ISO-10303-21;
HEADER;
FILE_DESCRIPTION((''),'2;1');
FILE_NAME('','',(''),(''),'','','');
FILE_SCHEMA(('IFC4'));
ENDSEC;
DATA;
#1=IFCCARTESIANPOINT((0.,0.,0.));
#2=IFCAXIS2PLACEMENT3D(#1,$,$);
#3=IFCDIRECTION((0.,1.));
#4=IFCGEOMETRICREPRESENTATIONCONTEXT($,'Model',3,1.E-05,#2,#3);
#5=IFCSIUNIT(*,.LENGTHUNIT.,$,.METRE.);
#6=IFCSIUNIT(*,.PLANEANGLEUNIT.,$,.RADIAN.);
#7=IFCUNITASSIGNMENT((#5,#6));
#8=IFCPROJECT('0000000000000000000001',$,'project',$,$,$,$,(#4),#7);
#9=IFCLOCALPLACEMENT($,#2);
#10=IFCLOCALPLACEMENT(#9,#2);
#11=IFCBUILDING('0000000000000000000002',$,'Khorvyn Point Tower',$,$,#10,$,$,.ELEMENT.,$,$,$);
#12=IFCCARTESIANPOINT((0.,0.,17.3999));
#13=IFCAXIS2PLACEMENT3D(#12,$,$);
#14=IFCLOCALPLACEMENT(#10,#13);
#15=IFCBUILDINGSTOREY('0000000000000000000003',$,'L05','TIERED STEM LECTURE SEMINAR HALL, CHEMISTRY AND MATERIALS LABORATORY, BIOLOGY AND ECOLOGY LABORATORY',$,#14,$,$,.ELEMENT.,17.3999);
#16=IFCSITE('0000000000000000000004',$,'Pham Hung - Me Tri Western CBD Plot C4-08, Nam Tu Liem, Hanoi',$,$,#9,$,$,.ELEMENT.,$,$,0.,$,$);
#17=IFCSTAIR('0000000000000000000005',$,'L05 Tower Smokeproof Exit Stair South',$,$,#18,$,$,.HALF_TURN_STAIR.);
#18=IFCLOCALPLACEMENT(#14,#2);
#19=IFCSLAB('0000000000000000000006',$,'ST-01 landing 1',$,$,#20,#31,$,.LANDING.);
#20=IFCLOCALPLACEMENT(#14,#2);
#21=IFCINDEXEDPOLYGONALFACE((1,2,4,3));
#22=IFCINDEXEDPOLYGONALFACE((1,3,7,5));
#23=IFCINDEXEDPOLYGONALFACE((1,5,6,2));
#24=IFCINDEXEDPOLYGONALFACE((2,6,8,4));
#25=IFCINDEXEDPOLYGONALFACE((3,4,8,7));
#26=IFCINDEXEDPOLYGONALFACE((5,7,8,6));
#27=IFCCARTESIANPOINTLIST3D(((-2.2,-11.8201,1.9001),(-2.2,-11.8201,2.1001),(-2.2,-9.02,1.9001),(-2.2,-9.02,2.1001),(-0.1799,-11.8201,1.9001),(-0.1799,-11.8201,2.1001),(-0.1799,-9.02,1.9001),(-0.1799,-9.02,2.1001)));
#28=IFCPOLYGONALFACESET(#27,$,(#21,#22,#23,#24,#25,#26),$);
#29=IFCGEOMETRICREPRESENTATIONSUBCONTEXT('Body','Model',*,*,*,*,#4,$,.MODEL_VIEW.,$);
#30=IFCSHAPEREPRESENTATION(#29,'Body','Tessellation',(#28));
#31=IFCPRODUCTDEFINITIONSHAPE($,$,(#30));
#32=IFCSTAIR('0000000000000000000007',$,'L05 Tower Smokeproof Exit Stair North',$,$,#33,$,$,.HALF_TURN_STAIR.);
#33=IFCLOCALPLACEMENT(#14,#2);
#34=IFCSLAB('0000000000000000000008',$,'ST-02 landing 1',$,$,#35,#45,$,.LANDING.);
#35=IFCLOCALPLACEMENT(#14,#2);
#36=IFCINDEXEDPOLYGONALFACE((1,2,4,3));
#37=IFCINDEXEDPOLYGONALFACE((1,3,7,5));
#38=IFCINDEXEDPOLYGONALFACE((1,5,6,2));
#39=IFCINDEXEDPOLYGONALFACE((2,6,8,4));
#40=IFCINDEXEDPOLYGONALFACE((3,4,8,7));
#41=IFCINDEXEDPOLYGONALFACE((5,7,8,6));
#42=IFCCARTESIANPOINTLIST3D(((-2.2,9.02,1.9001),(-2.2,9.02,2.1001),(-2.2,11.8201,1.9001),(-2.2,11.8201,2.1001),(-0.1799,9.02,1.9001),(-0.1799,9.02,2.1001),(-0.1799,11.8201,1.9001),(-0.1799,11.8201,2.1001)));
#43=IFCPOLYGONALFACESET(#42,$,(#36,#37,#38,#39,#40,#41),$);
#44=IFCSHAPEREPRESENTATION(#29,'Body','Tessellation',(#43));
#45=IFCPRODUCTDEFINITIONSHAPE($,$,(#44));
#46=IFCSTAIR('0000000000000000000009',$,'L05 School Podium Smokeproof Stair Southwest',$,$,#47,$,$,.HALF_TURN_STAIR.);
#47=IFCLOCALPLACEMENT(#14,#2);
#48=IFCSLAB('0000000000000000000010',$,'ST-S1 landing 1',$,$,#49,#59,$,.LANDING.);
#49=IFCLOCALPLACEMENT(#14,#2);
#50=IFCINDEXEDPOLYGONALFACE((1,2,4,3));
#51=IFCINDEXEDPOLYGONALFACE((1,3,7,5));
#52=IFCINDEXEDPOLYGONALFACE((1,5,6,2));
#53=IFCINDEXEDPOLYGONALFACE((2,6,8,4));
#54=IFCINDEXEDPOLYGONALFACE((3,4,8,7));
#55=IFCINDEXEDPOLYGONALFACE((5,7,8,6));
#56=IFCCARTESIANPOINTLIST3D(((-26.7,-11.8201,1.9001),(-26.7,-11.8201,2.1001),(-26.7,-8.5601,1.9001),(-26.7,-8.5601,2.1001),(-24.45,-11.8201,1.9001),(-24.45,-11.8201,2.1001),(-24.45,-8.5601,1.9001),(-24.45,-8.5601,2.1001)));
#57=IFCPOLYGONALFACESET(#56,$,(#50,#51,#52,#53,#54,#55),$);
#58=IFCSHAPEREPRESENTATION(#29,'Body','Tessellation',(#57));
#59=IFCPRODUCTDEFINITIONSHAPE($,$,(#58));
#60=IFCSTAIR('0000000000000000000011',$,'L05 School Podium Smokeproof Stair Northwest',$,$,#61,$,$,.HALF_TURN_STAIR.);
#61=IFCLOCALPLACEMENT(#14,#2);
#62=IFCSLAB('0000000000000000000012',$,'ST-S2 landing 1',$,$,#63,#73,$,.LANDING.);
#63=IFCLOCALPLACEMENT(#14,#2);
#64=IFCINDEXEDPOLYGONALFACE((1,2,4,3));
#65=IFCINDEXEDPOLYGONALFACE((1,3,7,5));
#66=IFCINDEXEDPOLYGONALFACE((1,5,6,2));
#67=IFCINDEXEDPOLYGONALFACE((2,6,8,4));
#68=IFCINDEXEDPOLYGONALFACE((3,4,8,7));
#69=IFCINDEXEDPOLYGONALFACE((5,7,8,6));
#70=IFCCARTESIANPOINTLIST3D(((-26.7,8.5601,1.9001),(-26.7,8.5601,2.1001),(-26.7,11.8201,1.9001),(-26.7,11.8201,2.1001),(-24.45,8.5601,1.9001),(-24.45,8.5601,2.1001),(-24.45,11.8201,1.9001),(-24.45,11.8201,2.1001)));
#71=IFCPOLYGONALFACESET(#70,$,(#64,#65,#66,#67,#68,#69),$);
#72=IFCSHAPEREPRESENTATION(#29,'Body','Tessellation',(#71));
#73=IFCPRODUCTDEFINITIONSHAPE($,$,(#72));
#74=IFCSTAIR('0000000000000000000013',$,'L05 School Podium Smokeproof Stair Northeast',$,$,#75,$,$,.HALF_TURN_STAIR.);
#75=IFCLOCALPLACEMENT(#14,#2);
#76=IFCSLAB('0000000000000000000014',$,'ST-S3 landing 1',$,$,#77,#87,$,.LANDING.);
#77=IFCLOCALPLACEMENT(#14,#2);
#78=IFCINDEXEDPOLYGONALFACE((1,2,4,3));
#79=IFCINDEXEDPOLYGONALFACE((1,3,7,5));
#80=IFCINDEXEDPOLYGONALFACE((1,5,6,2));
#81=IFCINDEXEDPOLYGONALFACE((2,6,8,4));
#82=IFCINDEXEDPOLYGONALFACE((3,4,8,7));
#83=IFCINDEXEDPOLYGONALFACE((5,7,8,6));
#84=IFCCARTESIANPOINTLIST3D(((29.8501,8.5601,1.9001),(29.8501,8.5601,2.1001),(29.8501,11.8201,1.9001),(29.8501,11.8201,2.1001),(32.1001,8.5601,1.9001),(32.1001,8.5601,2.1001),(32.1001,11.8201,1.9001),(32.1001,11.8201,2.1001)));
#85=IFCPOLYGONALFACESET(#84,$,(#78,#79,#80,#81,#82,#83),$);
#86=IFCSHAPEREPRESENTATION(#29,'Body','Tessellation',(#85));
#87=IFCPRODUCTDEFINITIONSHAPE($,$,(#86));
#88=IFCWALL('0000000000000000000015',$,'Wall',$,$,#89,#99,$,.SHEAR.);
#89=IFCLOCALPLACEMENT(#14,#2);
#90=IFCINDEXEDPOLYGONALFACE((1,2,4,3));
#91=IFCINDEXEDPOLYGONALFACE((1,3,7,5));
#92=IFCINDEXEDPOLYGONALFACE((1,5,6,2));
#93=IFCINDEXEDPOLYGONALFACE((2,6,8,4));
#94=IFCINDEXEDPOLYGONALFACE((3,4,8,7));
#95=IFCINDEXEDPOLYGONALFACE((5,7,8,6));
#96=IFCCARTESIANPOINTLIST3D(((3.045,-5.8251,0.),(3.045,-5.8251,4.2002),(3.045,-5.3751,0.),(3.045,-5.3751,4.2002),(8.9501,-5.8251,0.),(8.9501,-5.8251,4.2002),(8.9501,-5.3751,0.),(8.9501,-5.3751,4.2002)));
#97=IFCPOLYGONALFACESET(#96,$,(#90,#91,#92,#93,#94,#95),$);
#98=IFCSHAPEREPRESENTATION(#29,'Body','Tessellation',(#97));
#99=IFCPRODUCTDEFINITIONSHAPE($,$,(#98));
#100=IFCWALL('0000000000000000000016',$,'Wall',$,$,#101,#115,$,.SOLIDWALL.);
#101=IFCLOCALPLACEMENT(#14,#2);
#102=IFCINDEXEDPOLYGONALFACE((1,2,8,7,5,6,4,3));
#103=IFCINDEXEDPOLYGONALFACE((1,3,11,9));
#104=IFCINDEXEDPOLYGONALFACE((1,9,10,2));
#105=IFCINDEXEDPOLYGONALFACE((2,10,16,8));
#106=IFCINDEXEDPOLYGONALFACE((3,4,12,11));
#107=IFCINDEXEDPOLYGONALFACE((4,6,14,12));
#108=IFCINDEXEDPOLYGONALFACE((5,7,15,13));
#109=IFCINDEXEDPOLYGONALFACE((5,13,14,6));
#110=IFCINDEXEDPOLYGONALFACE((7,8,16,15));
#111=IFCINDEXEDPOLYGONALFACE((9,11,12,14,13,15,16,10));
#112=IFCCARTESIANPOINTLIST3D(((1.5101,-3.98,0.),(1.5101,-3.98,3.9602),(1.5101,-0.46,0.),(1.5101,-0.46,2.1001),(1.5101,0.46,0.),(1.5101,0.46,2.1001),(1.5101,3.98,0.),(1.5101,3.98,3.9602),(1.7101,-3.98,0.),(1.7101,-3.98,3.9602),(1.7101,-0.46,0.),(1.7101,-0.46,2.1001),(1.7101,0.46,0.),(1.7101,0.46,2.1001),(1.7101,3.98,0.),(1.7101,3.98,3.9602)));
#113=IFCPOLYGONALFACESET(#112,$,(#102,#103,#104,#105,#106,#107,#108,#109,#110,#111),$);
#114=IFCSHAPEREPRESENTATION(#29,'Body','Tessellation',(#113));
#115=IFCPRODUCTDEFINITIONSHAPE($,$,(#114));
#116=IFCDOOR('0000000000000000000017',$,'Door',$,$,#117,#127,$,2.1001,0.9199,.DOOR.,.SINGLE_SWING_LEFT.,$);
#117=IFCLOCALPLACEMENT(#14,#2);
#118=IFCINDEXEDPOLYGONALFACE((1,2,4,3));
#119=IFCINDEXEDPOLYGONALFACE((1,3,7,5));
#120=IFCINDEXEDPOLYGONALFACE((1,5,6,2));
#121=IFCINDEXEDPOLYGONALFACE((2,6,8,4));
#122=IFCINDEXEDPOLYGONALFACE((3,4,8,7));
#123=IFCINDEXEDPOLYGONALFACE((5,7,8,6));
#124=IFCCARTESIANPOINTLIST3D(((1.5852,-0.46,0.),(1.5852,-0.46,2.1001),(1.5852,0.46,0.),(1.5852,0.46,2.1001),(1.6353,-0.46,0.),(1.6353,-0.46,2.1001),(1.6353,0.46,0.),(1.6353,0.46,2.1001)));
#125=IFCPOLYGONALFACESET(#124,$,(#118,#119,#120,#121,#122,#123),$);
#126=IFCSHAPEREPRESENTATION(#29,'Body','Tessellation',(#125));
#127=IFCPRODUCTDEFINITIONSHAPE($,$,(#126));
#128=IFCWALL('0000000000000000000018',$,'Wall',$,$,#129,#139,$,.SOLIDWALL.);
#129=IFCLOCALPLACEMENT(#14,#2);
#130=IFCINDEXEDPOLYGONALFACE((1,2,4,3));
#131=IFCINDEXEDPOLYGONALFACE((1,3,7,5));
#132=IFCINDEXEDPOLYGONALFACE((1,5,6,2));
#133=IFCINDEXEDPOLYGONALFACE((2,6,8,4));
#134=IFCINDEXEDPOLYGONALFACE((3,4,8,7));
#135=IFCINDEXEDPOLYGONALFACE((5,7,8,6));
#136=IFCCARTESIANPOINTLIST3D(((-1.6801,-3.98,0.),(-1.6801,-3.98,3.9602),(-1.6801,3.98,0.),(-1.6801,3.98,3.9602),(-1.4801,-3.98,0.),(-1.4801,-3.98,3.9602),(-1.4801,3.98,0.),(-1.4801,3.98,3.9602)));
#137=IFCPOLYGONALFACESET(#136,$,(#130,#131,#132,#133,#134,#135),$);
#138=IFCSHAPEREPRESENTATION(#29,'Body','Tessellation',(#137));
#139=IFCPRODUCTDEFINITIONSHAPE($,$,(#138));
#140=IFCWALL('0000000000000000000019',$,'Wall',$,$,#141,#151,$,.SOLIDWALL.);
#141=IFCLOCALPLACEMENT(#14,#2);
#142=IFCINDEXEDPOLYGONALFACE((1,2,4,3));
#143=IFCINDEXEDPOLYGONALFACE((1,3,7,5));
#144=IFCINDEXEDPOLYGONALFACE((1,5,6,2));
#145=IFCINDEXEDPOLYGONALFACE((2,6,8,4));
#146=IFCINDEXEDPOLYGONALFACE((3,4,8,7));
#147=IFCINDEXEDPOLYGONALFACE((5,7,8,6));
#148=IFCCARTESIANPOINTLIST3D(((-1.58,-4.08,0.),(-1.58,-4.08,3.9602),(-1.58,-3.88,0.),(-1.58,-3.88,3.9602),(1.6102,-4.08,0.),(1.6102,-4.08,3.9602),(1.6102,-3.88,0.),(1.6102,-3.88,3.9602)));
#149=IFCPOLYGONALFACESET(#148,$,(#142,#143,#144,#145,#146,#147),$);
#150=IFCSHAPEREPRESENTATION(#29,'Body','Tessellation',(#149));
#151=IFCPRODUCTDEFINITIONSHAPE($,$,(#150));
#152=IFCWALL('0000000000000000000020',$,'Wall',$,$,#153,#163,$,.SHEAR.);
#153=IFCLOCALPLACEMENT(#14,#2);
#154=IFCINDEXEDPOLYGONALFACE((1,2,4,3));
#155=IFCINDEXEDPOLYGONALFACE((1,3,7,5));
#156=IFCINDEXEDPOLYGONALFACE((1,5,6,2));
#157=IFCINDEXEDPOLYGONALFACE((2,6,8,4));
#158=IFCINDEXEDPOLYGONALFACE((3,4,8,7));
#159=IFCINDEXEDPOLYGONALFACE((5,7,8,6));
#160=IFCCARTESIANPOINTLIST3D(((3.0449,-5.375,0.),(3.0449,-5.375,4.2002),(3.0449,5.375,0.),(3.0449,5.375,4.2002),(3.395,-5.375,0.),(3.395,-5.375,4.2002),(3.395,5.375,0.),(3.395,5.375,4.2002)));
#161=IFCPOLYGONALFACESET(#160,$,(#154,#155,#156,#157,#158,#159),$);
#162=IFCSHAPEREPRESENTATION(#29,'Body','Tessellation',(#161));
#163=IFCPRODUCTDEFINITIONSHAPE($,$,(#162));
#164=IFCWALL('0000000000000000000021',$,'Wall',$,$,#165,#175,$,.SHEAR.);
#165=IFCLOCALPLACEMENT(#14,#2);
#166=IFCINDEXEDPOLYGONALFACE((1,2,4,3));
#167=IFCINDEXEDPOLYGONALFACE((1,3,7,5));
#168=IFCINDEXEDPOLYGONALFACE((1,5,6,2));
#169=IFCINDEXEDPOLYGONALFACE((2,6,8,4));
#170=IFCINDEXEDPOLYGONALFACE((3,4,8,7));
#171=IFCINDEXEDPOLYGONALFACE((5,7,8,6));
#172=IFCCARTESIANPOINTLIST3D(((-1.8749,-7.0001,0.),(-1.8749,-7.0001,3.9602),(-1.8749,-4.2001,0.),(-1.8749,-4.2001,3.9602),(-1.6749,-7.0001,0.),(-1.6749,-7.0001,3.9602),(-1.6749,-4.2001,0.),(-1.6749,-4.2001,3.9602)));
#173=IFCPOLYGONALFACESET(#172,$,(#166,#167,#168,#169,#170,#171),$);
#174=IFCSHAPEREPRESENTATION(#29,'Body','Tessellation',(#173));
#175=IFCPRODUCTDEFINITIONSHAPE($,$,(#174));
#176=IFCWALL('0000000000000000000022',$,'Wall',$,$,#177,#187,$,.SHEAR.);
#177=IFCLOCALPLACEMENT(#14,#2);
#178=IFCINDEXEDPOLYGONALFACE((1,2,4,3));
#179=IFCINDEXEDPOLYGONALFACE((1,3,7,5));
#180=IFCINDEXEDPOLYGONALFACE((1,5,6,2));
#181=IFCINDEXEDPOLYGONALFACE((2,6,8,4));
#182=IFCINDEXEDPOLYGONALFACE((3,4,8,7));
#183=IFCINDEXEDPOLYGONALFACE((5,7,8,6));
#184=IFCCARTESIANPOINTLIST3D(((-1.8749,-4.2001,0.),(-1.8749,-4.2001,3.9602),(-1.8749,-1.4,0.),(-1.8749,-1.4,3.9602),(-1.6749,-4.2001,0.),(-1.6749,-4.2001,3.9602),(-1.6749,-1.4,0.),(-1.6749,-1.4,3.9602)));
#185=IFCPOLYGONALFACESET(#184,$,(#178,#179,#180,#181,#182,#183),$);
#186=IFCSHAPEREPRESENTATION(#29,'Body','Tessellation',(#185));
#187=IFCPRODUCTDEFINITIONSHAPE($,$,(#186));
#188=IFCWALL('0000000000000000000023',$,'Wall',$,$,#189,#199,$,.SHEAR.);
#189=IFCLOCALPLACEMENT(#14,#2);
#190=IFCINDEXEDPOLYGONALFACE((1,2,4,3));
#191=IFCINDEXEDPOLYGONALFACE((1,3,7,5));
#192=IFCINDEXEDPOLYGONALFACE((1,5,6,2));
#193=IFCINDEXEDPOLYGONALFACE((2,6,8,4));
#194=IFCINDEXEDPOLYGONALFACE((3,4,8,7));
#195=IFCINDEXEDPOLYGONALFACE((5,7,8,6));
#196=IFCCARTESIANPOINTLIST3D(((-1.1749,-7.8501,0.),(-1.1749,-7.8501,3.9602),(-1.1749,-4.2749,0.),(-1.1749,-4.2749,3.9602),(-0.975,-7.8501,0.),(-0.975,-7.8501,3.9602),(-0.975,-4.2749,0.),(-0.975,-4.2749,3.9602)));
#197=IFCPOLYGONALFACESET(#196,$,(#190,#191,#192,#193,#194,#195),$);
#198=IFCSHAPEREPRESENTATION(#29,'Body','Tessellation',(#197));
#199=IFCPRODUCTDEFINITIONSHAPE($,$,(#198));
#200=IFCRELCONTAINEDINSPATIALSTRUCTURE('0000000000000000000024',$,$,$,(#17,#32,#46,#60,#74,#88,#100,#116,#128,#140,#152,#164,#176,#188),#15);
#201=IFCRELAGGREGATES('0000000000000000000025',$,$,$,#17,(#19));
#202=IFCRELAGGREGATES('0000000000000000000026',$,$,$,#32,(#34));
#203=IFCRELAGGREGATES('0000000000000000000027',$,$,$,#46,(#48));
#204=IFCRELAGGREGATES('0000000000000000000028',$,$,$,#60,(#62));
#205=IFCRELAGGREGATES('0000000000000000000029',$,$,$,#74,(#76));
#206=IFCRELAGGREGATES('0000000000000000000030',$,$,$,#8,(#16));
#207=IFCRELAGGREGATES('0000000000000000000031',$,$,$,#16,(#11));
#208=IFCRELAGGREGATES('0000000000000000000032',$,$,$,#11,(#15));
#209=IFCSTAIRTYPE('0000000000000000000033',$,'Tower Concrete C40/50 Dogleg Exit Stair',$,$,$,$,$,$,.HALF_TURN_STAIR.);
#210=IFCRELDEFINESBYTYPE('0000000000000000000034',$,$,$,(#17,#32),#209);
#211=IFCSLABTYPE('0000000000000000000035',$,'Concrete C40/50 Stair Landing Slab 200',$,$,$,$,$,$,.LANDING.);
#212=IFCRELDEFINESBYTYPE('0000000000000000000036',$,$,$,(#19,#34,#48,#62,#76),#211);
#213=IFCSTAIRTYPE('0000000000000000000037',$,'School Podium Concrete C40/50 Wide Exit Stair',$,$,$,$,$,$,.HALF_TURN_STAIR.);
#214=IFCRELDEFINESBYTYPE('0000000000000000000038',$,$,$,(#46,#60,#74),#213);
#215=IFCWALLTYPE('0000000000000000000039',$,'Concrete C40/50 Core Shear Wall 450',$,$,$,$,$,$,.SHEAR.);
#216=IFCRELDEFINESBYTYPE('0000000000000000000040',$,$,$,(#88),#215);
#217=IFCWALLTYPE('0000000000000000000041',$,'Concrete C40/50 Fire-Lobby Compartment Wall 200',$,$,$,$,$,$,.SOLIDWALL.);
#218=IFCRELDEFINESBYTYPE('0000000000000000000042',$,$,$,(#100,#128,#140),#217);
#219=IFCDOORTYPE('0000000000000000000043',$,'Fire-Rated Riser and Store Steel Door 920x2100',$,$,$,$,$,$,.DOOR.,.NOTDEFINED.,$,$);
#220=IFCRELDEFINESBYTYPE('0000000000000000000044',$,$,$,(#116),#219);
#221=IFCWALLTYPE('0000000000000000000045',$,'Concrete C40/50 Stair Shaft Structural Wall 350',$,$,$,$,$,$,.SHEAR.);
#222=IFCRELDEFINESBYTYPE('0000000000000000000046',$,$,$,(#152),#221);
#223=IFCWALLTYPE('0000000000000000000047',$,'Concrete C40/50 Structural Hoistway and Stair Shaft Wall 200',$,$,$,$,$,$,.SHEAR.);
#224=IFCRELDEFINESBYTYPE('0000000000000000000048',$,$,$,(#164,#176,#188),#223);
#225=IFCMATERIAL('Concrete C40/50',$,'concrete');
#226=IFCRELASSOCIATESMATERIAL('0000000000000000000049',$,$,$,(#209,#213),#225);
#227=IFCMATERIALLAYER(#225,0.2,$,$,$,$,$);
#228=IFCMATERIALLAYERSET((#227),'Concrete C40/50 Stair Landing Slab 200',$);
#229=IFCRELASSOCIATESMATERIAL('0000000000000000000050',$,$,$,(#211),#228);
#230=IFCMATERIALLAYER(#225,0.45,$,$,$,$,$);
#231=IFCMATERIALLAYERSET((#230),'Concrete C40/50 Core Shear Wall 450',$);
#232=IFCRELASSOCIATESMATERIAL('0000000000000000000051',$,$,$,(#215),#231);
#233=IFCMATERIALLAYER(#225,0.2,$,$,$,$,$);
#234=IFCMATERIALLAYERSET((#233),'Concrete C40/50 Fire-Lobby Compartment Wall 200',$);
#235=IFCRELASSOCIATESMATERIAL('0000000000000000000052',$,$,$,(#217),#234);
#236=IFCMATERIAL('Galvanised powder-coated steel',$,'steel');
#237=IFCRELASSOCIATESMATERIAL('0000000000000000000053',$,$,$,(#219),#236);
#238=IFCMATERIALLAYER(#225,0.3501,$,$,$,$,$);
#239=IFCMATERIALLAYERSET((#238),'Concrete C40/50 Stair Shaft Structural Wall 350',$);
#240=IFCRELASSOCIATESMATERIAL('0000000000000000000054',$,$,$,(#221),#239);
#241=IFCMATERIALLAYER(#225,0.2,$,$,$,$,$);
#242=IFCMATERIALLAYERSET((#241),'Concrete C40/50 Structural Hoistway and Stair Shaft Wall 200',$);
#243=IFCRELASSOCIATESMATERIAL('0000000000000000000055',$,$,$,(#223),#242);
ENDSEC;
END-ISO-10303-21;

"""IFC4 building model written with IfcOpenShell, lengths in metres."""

from ifc_helpers import new_model, si_unit, direction, frame, frame_2d, origin, place, context, subcontext, project, spatial, polyline, rectangle, outline, extrude, material, layer, layer_set, type_object, element, fill, aggregate, save


model = new_model("IFC4")

# Units and contexts
model_context = context("Model", 3, precision=1e-05, world=origin(), true_north=direction((0.0, 1.0)))
body_context = subcontext(model_context, "Body", "Model", "MODEL_VIEW")
ifc_project = project(units=[si_unit("LENGTHUNIT", "METRE"), si_unit("PLANEANGLEUNIT", "RADIAN")], contexts=[model_context])

# Site, building, storey
site_placement = place(None, origin())
site = spatial("IfcSite", under=ifc_project, at=site_placement, Name="Pham Hung - Me Tri Western CBD Plot C4-08, Nam Tu Liem, Hanoi", CompositionType="ELEMENT", RefElevation=0.0)
building_placement = place(site_placement, origin())
building = spatial("IfcBuilding", under=site, at=building_placement, Name="Khorvyn Point Tower", CompositionType="ELEMENT")
storey_placement = place(building_placement, frame((0.0, 0.0, 17.3999)))
storey = spatial("IfcBuildingStorey", under=building, at=storey_placement, Name="L05", Description="TIERED STEM LECTURE SEMINAR HALL, CHEMISTRY AND MATERIALS LABORATORY, BIOLOGY AND ECOLOGY LABORATORY", CompositionType="ELEMENT", Elevation=17.3999)

# Shared definitions
ifc_material_1 = material(Name="Concrete C40/50", Category="concrete")

# Stairs, slabs
stair_type_1 = type_object("IfcStairType", Name="Tower Concrete C40/50 Dogleg Exit Stair", PredefinedType="HALF_TURN_STAIR", material=ifc_material_1)
stair_1_placement = place(storey_placement, origin())
stair_1 = element("IfcStair", 1, at=stair_1_placement, inside=storey, type_object=stair_type_1, Name="L05 Tower Smokeproof Exit Stair South", PredefinedType="HALF_TURN_STAIR")
ifc_layer_1 = layer(ifc_material_1, 0.2)
ifc_layer_set_1 = layer_set([ifc_layer_1], Name="Concrete C40/50 Stair Landing Slab 200")
slab_type_1 = type_object("IfcSlabType", Name="Concrete C40/50 Stair Landing Slab 200", PredefinedType="LANDING", material=ifc_layer_set_1)
slab_1_placement = place(storey_placement, frame((0.0, 0.0, 1.9001)))
slab_1 = element("IfcSlab", 2, at=slab_1_placement, type_object=slab_type_1, Name="ST-01 landing 1", PredefinedType="LANDING", context=body_context, shape_type="SweptSolid", body=[
    extrude(outline(polyline([(-0.1799, -9.02), (-2.2, -9.02), (-2.2, -11.8201), (-0.1799, -11.8201), (-0.1799, -9.02)])), origin(), (0.0, 0.0, 1.0), 0.2),
])
aggregate(stair_1, [slab_1])
stair_2_placement = place(storey_placement, origin())
stair_2 = element("IfcStair", 3, at=stair_2_placement, inside=storey, type_object=stair_type_1, Name="L05 Tower Smokeproof Exit Stair North", PredefinedType="HALF_TURN_STAIR")
slab_2_placement = place(storey_placement, frame((0.0, 0.0, 1.9001)))
slab_2 = element("IfcSlab", 4, at=slab_2_placement, type_object=slab_type_1, Name="ST-02 landing 1", PredefinedType="LANDING", context=body_context, shape_type="SweptSolid", body=[
    extrude(outline(polyline([(-0.1799, 11.8201), (-2.2, 11.8201), (-2.2, 9.02), (-0.1799, 9.02), (-0.1799, 11.8201)])), origin(), (0.0, 0.0, 1.0), 0.2),
])
aggregate(stair_2, [slab_2])
stair_type_2 = type_object("IfcStairType", Name="School Podium Concrete C40/50 Wide Exit Stair", PredefinedType="HALF_TURN_STAIR", material=ifc_material_1)
stair_3_placement = place(storey_placement, origin())
stair_3 = element("IfcStair", 5, at=stair_3_placement, inside=storey, type_object=stair_type_2, Name="L05 School Podium Smokeproof Stair Southwest", PredefinedType="HALF_TURN_STAIR")
slab_3_placement = place(storey_placement, frame((0.0, 0.0, 1.9001)))
slab_3 = element("IfcSlab", 6, at=slab_3_placement, type_object=slab_type_1, Name="ST-S1 landing 1", PredefinedType="LANDING", context=body_context, shape_type="SweptSolid", body=[
    extrude(outline(polyline([(-26.7, -11.8201), (-24.45, -11.8201), (-24.45, -8.5601), (-26.7, -8.5601), (-26.7, -11.8201)])), origin(), (0.0, 0.0, 1.0), 0.2),
])
aggregate(stair_3, [slab_3])
stair_4_placement = place(storey_placement, origin())
stair_4 = element("IfcStair", 7, at=stair_4_placement, inside=storey, type_object=stair_type_2, Name="L05 School Podium Smokeproof Stair Northwest", PredefinedType="HALF_TURN_STAIR")
slab_4_placement = place(storey_placement, frame((0.0, 0.0, 1.9001)))
slab_4 = element("IfcSlab", 8, at=slab_4_placement, type_object=slab_type_1, Name="ST-S2 landing 1", PredefinedType="LANDING", context=body_context, shape_type="SweptSolid", body=[
    extrude(outline(polyline([(-26.7, 8.5601), (-24.45, 8.5601), (-24.45, 11.8201), (-26.7, 11.8201), (-26.7, 8.5601)])), origin(), (0.0, 0.0, 1.0), 0.2),
])
aggregate(stair_4, [slab_4])
stair_5_placement = place(storey_placement, origin())
stair_5 = element("IfcStair", 9, at=stair_5_placement, inside=storey, type_object=stair_type_2, Name="L05 School Podium Smokeproof Stair Northeast", PredefinedType="HALF_TURN_STAIR")
slab_5_placement = place(storey_placement, frame((0.0, 0.0, 1.9001)))
slab_5 = element("IfcSlab", 10, at=slab_5_placement, type_object=slab_type_1, Name="ST-S3 landing 1", PredefinedType="LANDING", context=body_context, shape_type="SweptSolid", body=[
    extrude(outline(polyline([(29.8501, 8.5601), (32.1001, 8.5601), (32.1001, 11.8201), (29.8501, 11.8201), (29.8501, 8.5601)])), origin(), (0.0, 0.0, 1.0), 0.2),
])
aggregate(stair_5, [slab_5])

# Wall
ifc_layer_2 = layer(ifc_material_1, 0.45)
ifc_layer_set_2 = layer_set([ifc_layer_2], Name="Concrete C40/50 Core Shear Wall 450")
wall_type_1 = type_object("IfcWallType", Name="Concrete C40/50 Core Shear Wall 450", PredefinedType="SHEAR", material=ifc_layer_set_2)
wall_1_placement = place(storey_placement, frame((3.0449, -5.6001, 0.0), z_axis=(0.0, 0.0, 1.0), x_axis=(1.0, 0.0, 0.0)))
element("IfcWall", 11, at=wall_1_placement, inside=storey, type_object=wall_type_1, Name="Wall", PredefinedType="SHEAR", context=body_context, shape_type="SweptSolid", body=[
    extrude(rectangle(XDim=5.905, YDim=0.45, at=frame_2d((2.9526, 0.0))), origin(), (0.0, 0.0, 1.0), 4.2002),
])

# Wall, opening, door
ifc_layer_3 = layer(ifc_material_1, 0.2)
ifc_layer_set_3 = layer_set([ifc_layer_3], Name="Concrete C40/50 Fire-Lobby Compartment Wall 200")
wall_type_2 = type_object("IfcWallType", Name="Concrete C40/50 Fire-Lobby Compartment Wall 200", PredefinedType="SOLIDWALL", material=ifc_layer_set_3)
ifc_material_2 = material(Name="Galvanised powder-coated steel", Category="steel")
wall_2_placement = place(storey_placement, frame((1.6101, -3.98, 0.0), z_axis=(0.0, 0.0, 1.0), x_axis=(0.0, 1.0, 0.0)))
wall_2 = element("IfcWall", 12, at=wall_2_placement, inside=storey, type_object=wall_type_2, Name="Wall", PredefinedType="SOLIDWALL", context=body_context, shape_type="SweptSolid", body=[
    extrude(rectangle(XDim=7.96, YDim=0.2, at=frame_2d((3.98, 0.0))), origin(), (0.0, 0.0, 1.0), 3.9602),
])
opening_1_placement = place(wall_2_placement, frame((3.52, 0.0, 0.0)))
opening_1 = element("IfcOpeningElement", 13, at=opening_1_placement, cuts=wall_2, PredefinedType="OPENING", context=body_context, shape_type="SweptSolid", body=[
    extrude(rectangle(XDim=0.9199, YDim=2.1001, at=frame_2d((0.46, 1.05))), frame((0.0, 0.1099, 0.0), z_axis=(0.0, -1.0, 0.0), x_axis=(1.0, 0.0, 0.0)), (0.0, 0.0, 1.0), 0.22),
])
door_type_1 = type_object("IfcDoorType", Name="Fire-Rated Riser and Store Steel Door 920x2100", OperationType="NOTDEFINED", PredefinedType="DOOR", material=ifc_material_2)
door_1_placement = place(opening_1_placement, origin())
door_1 = element("IfcDoor", 14, at=door_1_placement, inside=storey, type_object=door_type_1, Name="Door", OperationType="SINGLE_SWING_LEFT", OverallHeight=2.1001, OverallWidth=0.9199, PredefinedType="DOOR", context=body_context, shape_type="SweptSolid", body=[
    extrude(rectangle(XDim=0.9199, YDim=2.1001, at=frame_2d((0.46, 1.05))), frame((0.0, 0.0249, 0.0), z_axis=(0.0, -1.0, 0.0), x_axis=(1.0, 0.0, 0.0)), (0.0, 0.0, 1.0), 0.05),
])
fill(opening_1, door_1)

# Walls
wall_3_placement = place(storey_placement, frame((-1.5801, -3.98, 0.0), z_axis=(0.0, 0.0, 1.0), x_axis=(0.0, 1.0, 0.0)))
element("IfcWall", 15, at=wall_3_placement, inside=storey, type_object=wall_type_2, Name="Wall", PredefinedType="SOLIDWALL", context=body_context, shape_type="SweptSolid", body=[
    extrude(rectangle(XDim=7.96, YDim=0.2, at=frame_2d((3.98, 0.0))), origin(), (0.0, 0.0, 1.0), 3.9602),
])
wall_4_placement = place(storey_placement, frame((-1.5801, -3.98, 0.0), z_axis=(0.0, 0.0, 1.0), x_axis=(1.0, 0.0, 0.0)))
element("IfcWall", 16, at=wall_4_placement, inside=storey, type_object=wall_type_2, Name="Wall", PredefinedType="SOLIDWALL", context=body_context, shape_type="SweptSolid", body=[
    extrude(rectangle(XDim=3.1902, YDim=0.2, at=frame_2d((1.5952, 0.0))), origin(), (0.0, 0.0, 1.0), 3.9602),
])
ifc_layer_4 = layer(ifc_material_1, 0.3501)
ifc_layer_set_4 = layer_set([ifc_layer_4], Name="Concrete C40/50 Stair Shaft Structural Wall 350")
wall_type_3 = type_object("IfcWallType", Name="Concrete C40/50 Stair Shaft Structural Wall 350", PredefinedType="SHEAR", material=ifc_layer_set_4)
wall_5_placement = place(storey_placement, frame((3.22, -5.375, 0.0), z_axis=(0.0, 0.0, 1.0), x_axis=(0.0, 1.0, 0.0)))
element("IfcWall", 17, at=wall_5_placement, inside=storey, type_object=wall_type_3, Name="Wall", PredefinedType="SHEAR", context=body_context, shape_type="SweptSolid", body=[
    extrude(rectangle(XDim=10.75, YDim=0.3501, at=frame_2d((5.375, 0.0))), origin(), (0.0, 0.0, 1.0), 4.2002),
])

# Walls
ifc_layer_5 = layer(ifc_material_1, 0.2)
ifc_layer_set_5 = layer_set([ifc_layer_5], Name="Concrete C40/50 Structural Hoistway and Stair Shaft Wall 200")
wall_type_4 = type_object("IfcWallType", Name="Concrete C40/50 Structural Hoistway and Stair Shaft Wall 200", PredefinedType="SHEAR", material=ifc_layer_set_5)
for number, where, z_axis, x_axis, name in (
    (18, (-1.7749, -7.0, 0.0), (0.0, 0.0, 1.0), (0.0, 1.0, 0.0), "Wall"),
    (19, (-1.7749, -4.2, 0.0), (0.0, 0.0, 1.0), (0.0, 1.0, 0.0), "Wall"),
):
    element("IfcWall", number, at=place(storey_placement, frame(where, z_axis=z_axis, x_axis=x_axis)), inside=storey, type_object=wall_type_4, Name=name, PredefinedType="SHEAR", context=body_context, shape_type="SweptSolid", body=[
        extrude(rectangle(XDim=2.8, YDim=0.2, at=frame_2d((1.3999, 0.0))), origin(), (0.0, 0.0, 1.0), 3.9602),
    ])
wall_6_placement = place(storey_placement, frame((-1.075, -7.8501, 0.0), z_axis=(0.0, 0.0, 1.0), x_axis=(0.0, 1.0, 0.0)))
element("IfcWall", 20, at=wall_6_placement, inside=storey, type_object=wall_type_4, Name="Wall", PredefinedType="SHEAR", context=body_context, shape_type="SweptSolid", body=[
    extrude(rectangle(XDim=3.5752, YDim=0.2, at=frame_2d((1.7876, 0.0))), origin(), (0.0, 0.0, 1.0), 3.9602),
])

save(model, "model.ifc")
